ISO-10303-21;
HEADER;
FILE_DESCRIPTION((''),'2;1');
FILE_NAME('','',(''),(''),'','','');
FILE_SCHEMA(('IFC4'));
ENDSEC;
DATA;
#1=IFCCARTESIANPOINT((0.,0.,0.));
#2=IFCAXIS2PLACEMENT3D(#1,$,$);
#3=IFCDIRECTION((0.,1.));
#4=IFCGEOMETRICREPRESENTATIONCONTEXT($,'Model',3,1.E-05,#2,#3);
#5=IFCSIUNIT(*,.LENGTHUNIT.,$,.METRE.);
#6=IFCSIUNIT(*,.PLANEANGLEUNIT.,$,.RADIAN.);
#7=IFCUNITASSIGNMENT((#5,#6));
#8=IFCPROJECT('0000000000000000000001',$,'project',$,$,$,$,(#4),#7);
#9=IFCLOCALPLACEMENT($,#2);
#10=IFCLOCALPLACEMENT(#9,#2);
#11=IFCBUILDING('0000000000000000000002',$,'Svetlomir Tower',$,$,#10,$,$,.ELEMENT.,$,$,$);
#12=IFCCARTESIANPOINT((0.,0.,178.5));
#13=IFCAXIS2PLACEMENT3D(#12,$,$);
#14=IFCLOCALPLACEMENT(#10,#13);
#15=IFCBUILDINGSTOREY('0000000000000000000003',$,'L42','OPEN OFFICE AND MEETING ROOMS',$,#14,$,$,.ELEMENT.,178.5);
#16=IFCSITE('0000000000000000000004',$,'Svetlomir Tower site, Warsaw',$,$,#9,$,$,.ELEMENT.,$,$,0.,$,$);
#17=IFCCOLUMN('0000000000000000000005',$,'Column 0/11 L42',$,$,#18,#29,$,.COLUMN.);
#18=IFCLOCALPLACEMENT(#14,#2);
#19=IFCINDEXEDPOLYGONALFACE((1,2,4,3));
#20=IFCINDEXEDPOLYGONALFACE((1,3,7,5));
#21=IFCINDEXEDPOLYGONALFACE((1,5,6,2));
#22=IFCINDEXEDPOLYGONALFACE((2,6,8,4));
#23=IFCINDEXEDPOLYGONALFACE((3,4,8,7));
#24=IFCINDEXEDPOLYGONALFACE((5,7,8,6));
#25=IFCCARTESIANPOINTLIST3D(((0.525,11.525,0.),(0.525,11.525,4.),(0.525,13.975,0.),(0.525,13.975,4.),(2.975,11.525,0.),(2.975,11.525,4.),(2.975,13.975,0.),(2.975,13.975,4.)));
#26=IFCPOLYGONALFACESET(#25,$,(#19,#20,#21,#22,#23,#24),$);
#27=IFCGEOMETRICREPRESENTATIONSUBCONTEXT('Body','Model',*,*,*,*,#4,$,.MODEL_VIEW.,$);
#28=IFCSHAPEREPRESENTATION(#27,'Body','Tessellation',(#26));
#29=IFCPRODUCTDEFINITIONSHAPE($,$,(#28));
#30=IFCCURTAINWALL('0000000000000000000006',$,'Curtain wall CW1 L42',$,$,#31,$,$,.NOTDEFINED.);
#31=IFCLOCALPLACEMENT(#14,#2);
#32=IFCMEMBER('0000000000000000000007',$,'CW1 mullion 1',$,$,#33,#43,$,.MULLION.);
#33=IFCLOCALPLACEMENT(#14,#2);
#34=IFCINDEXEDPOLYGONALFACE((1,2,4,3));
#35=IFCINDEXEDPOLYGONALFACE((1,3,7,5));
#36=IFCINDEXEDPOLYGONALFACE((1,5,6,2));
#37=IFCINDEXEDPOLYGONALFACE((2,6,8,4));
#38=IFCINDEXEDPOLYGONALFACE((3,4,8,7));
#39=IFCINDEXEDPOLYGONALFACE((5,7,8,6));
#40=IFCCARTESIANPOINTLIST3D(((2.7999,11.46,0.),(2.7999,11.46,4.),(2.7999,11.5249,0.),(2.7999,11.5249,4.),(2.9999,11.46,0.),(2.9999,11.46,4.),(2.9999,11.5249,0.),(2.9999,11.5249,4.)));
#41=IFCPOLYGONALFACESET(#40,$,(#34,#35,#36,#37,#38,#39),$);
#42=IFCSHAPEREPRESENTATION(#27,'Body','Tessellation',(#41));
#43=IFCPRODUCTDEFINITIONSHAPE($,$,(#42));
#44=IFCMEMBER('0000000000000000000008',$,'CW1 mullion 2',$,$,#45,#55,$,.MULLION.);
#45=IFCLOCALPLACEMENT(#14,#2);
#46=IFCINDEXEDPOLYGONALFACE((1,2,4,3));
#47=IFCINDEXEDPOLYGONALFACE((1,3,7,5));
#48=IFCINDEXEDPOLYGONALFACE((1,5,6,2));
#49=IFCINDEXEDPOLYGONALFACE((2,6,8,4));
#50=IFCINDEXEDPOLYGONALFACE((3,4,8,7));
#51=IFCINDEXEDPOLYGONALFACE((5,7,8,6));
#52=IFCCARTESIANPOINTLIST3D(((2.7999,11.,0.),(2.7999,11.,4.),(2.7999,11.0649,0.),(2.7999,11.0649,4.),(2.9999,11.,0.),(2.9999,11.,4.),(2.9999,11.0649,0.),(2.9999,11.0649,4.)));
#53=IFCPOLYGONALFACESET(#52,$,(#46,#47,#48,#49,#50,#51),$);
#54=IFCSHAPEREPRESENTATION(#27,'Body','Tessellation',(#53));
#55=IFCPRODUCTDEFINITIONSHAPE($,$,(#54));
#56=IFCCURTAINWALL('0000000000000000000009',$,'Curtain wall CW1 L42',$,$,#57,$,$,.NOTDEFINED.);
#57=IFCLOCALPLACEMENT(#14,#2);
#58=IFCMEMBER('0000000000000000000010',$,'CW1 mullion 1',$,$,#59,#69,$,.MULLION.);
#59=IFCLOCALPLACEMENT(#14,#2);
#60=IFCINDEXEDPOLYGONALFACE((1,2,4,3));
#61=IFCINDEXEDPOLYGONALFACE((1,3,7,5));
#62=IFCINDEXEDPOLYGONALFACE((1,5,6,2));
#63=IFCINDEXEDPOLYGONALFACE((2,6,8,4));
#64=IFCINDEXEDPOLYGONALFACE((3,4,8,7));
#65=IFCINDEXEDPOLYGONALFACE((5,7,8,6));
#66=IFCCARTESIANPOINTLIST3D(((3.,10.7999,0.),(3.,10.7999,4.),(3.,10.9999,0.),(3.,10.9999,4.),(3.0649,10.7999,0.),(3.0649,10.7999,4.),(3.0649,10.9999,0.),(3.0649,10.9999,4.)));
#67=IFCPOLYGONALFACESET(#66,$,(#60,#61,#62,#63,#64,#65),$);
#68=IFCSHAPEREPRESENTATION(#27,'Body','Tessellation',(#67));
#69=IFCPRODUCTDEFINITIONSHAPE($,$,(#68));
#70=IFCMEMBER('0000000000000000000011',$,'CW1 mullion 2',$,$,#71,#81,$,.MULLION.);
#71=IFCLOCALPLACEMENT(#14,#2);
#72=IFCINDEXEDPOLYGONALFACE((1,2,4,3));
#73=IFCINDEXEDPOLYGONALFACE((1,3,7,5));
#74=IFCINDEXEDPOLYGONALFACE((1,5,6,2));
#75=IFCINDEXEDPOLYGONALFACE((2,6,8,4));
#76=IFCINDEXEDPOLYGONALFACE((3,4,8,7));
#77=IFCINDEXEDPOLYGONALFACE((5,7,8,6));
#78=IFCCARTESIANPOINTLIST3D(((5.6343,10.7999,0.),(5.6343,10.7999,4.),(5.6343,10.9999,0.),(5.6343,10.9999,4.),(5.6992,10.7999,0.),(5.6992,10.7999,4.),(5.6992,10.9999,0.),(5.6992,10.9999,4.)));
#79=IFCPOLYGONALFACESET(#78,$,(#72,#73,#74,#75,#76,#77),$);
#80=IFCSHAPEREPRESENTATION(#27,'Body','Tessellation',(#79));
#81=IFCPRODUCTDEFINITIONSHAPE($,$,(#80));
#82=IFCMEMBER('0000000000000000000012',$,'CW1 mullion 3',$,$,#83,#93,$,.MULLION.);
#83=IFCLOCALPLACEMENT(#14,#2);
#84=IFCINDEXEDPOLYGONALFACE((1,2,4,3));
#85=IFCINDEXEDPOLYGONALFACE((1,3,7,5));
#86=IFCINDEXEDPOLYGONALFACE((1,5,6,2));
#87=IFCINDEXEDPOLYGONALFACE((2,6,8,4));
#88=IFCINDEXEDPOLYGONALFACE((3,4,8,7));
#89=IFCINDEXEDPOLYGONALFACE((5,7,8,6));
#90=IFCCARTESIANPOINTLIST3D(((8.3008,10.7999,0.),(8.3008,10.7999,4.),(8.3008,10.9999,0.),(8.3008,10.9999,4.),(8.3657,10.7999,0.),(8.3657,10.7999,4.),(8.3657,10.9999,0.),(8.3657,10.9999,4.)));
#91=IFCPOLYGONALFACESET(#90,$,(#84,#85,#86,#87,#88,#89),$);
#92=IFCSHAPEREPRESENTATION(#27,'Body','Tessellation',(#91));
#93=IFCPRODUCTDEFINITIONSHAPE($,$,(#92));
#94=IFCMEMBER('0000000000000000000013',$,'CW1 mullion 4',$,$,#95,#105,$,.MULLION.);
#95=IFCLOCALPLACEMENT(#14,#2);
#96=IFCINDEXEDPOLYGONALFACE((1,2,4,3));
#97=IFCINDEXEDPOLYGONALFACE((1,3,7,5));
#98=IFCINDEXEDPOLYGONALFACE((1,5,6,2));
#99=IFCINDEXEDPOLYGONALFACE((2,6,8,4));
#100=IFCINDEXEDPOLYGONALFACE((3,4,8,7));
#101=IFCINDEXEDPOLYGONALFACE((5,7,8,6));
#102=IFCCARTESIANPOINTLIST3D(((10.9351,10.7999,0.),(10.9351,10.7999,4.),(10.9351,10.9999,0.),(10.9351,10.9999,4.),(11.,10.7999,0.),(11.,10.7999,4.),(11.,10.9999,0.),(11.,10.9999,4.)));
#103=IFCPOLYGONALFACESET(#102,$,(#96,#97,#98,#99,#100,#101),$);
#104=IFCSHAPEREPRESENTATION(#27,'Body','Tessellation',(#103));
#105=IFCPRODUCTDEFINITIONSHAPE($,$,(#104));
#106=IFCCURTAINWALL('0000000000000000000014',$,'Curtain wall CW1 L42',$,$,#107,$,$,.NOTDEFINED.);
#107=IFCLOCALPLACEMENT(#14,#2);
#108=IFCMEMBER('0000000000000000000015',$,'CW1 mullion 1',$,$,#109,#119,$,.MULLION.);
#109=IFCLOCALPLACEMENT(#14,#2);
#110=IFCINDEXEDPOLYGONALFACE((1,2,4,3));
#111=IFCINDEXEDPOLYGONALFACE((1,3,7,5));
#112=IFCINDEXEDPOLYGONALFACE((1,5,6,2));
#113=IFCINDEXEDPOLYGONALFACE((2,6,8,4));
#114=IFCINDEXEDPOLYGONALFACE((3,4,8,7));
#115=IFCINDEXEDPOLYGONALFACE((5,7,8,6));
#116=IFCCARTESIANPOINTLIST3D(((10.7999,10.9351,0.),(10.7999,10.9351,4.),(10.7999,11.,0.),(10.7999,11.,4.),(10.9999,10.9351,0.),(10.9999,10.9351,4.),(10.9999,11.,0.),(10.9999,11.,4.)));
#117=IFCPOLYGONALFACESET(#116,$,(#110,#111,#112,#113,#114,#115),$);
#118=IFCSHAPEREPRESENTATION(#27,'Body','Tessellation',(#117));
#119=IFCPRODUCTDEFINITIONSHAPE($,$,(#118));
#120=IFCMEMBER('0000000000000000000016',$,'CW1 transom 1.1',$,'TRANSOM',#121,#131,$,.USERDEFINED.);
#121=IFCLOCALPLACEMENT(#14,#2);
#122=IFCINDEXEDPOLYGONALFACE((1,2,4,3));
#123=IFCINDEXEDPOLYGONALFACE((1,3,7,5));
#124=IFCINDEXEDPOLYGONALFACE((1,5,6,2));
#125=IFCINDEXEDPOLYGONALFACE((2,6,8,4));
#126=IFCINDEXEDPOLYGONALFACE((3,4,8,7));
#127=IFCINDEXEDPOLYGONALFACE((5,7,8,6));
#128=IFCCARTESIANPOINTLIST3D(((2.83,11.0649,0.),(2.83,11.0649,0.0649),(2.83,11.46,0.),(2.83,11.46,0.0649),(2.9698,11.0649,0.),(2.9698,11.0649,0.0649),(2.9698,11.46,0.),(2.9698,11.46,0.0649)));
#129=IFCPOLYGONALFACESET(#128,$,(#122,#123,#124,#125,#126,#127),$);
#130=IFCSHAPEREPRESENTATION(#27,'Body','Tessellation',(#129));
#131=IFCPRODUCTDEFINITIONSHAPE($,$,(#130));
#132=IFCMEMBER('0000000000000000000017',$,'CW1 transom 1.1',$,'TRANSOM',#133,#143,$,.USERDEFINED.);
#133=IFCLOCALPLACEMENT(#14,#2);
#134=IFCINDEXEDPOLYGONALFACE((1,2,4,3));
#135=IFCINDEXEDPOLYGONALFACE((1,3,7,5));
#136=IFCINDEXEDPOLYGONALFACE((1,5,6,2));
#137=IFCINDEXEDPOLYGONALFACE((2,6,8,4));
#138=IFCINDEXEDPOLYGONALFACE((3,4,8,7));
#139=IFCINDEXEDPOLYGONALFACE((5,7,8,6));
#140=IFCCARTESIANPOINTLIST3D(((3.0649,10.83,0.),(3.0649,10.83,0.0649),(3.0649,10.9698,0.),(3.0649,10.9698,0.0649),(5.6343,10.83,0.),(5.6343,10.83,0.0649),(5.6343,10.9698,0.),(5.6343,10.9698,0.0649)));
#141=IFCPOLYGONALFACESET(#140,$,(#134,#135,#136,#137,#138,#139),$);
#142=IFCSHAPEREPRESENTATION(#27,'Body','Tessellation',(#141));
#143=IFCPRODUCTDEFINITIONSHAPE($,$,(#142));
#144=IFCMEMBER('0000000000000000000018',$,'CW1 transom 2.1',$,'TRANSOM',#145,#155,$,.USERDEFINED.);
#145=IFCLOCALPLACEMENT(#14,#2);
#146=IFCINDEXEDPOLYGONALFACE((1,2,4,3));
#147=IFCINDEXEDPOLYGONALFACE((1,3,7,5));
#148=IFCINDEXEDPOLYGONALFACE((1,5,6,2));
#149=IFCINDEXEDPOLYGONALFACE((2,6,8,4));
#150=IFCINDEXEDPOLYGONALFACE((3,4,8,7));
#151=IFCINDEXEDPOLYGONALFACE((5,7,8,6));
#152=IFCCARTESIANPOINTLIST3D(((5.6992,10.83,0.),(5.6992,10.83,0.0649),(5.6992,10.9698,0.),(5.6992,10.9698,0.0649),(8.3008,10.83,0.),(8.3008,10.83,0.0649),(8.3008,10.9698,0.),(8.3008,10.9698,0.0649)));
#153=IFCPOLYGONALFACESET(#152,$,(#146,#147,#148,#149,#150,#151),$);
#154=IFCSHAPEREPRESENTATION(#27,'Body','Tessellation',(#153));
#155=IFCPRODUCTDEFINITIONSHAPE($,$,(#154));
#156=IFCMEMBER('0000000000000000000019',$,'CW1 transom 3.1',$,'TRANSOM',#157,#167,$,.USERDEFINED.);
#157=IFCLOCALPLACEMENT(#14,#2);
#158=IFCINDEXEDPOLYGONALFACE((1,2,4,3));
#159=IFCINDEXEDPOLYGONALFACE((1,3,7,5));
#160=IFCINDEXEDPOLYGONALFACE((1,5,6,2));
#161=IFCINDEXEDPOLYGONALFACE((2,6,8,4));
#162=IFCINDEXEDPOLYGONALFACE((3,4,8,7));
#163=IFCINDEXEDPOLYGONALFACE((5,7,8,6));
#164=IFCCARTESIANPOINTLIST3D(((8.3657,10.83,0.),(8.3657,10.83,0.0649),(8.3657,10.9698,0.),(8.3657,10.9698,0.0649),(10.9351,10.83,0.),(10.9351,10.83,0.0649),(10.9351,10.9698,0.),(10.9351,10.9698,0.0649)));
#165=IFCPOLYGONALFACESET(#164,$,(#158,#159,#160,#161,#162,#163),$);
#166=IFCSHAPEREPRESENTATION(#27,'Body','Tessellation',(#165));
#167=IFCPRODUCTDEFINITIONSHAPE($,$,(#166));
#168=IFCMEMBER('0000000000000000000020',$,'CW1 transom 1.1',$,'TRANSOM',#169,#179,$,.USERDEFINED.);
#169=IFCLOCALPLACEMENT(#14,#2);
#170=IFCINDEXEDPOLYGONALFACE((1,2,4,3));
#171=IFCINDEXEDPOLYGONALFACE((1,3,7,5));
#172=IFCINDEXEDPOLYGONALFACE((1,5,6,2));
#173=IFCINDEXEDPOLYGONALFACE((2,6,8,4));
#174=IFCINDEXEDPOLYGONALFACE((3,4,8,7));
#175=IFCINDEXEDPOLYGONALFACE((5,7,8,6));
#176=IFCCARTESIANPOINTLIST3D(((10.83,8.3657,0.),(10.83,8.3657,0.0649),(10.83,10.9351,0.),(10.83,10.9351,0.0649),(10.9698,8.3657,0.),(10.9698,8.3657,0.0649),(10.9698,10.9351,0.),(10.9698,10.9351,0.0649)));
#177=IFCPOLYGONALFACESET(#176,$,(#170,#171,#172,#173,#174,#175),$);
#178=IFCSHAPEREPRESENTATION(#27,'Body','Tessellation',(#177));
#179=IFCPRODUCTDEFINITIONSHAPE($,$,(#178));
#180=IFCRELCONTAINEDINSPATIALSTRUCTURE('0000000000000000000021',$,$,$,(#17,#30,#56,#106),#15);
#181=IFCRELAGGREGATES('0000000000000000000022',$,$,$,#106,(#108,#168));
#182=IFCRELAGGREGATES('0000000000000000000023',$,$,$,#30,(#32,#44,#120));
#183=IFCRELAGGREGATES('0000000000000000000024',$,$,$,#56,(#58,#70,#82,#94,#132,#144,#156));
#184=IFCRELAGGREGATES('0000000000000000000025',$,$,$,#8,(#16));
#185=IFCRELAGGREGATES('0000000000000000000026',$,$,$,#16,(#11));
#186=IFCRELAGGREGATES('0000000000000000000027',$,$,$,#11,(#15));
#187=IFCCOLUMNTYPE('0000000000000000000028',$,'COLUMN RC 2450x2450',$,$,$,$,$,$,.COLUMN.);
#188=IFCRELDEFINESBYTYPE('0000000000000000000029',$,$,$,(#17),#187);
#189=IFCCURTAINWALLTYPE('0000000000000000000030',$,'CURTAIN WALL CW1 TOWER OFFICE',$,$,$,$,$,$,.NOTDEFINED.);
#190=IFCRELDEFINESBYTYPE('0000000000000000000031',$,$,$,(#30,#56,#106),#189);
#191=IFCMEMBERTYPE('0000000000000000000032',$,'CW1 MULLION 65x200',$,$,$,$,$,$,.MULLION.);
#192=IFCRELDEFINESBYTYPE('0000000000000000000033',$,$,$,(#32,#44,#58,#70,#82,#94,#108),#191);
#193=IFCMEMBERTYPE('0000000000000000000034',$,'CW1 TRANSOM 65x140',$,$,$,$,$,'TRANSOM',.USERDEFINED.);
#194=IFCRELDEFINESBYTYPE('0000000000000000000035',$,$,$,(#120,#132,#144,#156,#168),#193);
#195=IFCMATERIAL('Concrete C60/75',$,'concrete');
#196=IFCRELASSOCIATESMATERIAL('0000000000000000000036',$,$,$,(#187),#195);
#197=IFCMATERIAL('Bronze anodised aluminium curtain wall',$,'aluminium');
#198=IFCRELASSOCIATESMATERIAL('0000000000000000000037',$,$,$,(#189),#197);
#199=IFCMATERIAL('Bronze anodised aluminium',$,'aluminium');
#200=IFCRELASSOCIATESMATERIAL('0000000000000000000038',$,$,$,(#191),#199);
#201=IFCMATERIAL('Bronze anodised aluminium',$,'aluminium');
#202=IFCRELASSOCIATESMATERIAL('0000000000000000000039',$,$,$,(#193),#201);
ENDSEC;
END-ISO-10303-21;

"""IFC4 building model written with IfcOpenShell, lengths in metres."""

from ifc_helpers import new_model, si_unit, direction, frame, origin, origin_2d, place, context, subcontext, project, spatial, rectangle, extrude, material, material_profile, profile_set, type_object, element, aggregate, save


model = new_model("IFC4")

# Units and contexts
model_context = context("Model", 3, precision=1e-05, world=origin(), true_north=direction((0.0, 1.0)))
body_context = subcontext(model_context, "Body", "Model", "MODEL_VIEW")
ifc_project = project(units=[si_unit("LENGTHUNIT", "METRE"), si_unit("PLANEANGLEUNIT", "RADIAN")], contexts=[model_context])

# Site, building, storey
site_placement = place(None, origin())
site = spatial("IfcSite", under=ifc_project, at=site_placement, Name="Svetlomir Tower site, Warsaw", CompositionType="ELEMENT", RefElevation=0.0)
building_placement = place(site_placement, origin())
building = spatial("IfcBuilding", under=site, at=building_placement, Name="Svetlomir Tower", CompositionType="ELEMENT")
storey_placement = place(building_placement, frame((0.0, 0.0, 178.5)))
storey = spatial("IfcBuildingStorey", under=building, at=storey_placement, Name="L42", Description="OPEN OFFICE AND MEETING ROOMS", CompositionType="ELEMENT", Elevation=178.5)

# Column
ifc_material_1 = material(Name="Concrete C60/75", Category="concrete")
ifc_material_profile_1 = material_profile(ifc_material_1, rectangle(XDim=2.45, YDim=2.45, at=origin_2d()), Name="RC 2450x2450")
ifc_profile_set_1 = profile_set([ifc_material_profile_1], Name="Concrete C60/75")
column_type = type_object("IfcColumnType", Name="COLUMN RC 2450x2450", PredefinedType="COLUMN", material=ifc_profile_set_1)
column_placement = place(storey_placement, frame((1.75, 12.75, 0.0), z_axis=(0.0, 0.0, 1.0), x_axis=(1.0, 0.0, 0.0)))
element("IfcColumn", 1, at=column_placement, inside=storey, type_object=column_type, Name="Column 0/11 L42", PredefinedType="COLUMN", context=body_context, shape_type="SweptSolid", body=[
    extrude(rectangle(XDim=2.45, YDim=2.45, at=origin_2d()), origin(), (0.0, 0.0, 1.0), 4.0),
])

# Curtain walls, members
ifc_material_2 = material(Name="Bronze anodised aluminium curtain wall", Category="aluminium")
curtain_wall_type = type_object("IfcCurtainWallType", Name="CURTAIN WALL CW1 TOWER OFFICE", PredefinedType="NOTDEFINED", material=ifc_material_2)
curtain_wall_1_placement = place(storey_placement, origin())
curtain_wall_1 = element("IfcCurtainWall", 2, at=curtain_wall_1_placement, inside=storey, type_object=curtain_wall_type, Name="Curtain wall CW1 L42", PredefinedType="NOTDEFINED")
ifc_material_3 = material(Name="Bronze anodised aluminium", Category="aluminium")
ifc_material_profile_2 = material_profile(ifc_material_3, rectangle(XDim=0.0649, YDim=0.2, at=origin_2d()), Name="AL 65x200")
ifc_profile_set_2 = profile_set([ifc_material_profile_2], Name="Bronze anodised aluminium 6063-T6")
member_type_1 = type_object("IfcMemberType", Name="CW1 MULLION 65x200", PredefinedType="MULLION", material=ifc_profile_set_2)
member_1_placement = place(storey_placement, frame((2.8999, 11.4924, 0.0), z_axis=(0.0, 0.0, 1.0), x_axis=(0.0, -1.0, 0.0)))
member_1 = element("IfcMember", 3, at=member_1_placement, type_object=member_type_1, Name="CW1 mullion 1", PredefinedType="MULLION", context=body_context, shape_type="SweptSolid", body=[
    extrude(rectangle(XDim=0.0649, YDim=0.2, at=origin_2d()), origin(), (0.0, 0.0, 1.0), 4.0),
])
member_2_placement = place(storey_placement, frame((2.8999, 11.0325, 0.0), z_axis=(0.0, 0.0, 1.0), x_axis=(0.0, -1.0, 0.0)))
member_2 = element("IfcMember", 4, at=member_2_placement, type_object=member_type_1, Name="CW1 mullion 2", PredefinedType="MULLION", context=body_context, shape_type="SweptSolid", body=[
    extrude(rectangle(XDim=0.0649, YDim=0.2, at=origin_2d()), origin(), (0.0, 0.0, 1.0), 4.0),
])
curtain_wall_2_placement = place(storey_placement, origin())
curtain_wall_2 = element("IfcCurtainWall", 5, at=curtain_wall_2_placement, inside=storey, type_object=curtain_wall_type, Name="Curtain wall CW1 L42", PredefinedType="NOTDEFINED")
member_3_placement = place(storey_placement, frame((3.0325, 10.8999, 0.0), z_axis=(0.0, 0.0, 1.0), x_axis=(1.0, 0.0, 0.0)))
member_3 = element("IfcMember", 6, at=member_3_placement, type_object=member_type_1, Name="CW1 mullion 1", PredefinedType="MULLION", context=body_context, shape_type="SweptSolid", body=[
    extrude(rectangle(XDim=0.0649, YDim=0.2, at=origin_2d()), origin(), (0.0, 0.0, 1.0), 4.0),
])
member_4_placement = place(storey_placement, frame((5.6667, 10.8999, 0.0), z_axis=(0.0, 0.0, 1.0), x_axis=(1.0, 0.0, 0.0)))
member_4 = element("IfcMember", 7, at=member_4_placement, type_object=member_type_1, Name="CW1 mullion 2", PredefinedType="MULLION", context=body_context, shape_type="SweptSolid", body=[
    extrude(rectangle(XDim=0.0649, YDim=0.2, at=origin_2d()), origin(), (0.0, 0.0, 1.0), 4.0),
])
member_5_placement = place(storey_placement, frame((8.3333, 10.8999, 0.0), z_axis=(0.0, 0.0, 1.0), x_axis=(1.0, 0.0, 0.0)))
member_5 = element("IfcMember", 8, at=member_5_placement, type_object=member_type_1, Name="CW1 mullion 3", PredefinedType="MULLION", context=body_context, shape_type="SweptSolid", body=[
    extrude(rectangle(XDim=0.0649, YDim=0.2, at=origin_2d()), origin(), (0.0, 0.0, 1.0), 4.0),
])
member_6_placement = place(storey_placement, frame((10.9675, 10.8999, 0.0), z_axis=(0.0, 0.0, 1.0), x_axis=(1.0, 0.0, 0.0)))
member_6 = element("IfcMember", 9, at=member_6_placement, type_object=member_type_1, Name="CW1 mullion 4", PredefinedType="MULLION", context=body_context, shape_type="SweptSolid", body=[
    extrude(rectangle(XDim=0.0649, YDim=0.2, at=origin_2d()), origin(), (0.0, 0.0, 1.0), 4.0),
])

# Curtain wall, member
curtain_wall_3_placement = place(storey_placement, origin())
curtain_wall_3 = element("IfcCurtainWall", 10, at=curtain_wall_3_placement, inside=storey, type_object=curtain_wall_type, Name="Curtain wall CW1 L42", PredefinedType="NOTDEFINED")
member_7_placement = place(storey_placement, frame((10.8999, 10.9675, 0.0), z_axis=(0.0, 0.0, 1.0), x_axis=(0.0, -1.0, 0.0)))
member_7 = element("IfcMember", 11, at=member_7_placement, type_object=member_type_1, Name="CW1 mullion 1", PredefinedType="MULLION", context=body_context, shape_type="SweptSolid", body=[
    extrude(rectangle(XDim=0.0649, YDim=0.2, at=origin_2d()), origin(), (0.0, 0.0, 1.0), 4.0),
])

# Members
ifc_material_4 = material(Name="Bronze anodised aluminium", Category="aluminium")
ifc_material_profile_3 = material_profile(ifc_material_4, rectangle(XDim=0.1399, YDim=0.0649, at=origin_2d()), Name="AL 140x65")
ifc_profile_set_3 = profile_set([ifc_material_profile_3], Name="Bronze anodised aluminium 6063-T6")
member_type_2 = type_object("IfcMemberType", Name="CW1 TRANSOM 65x140", ElementType="TRANSOM", PredefinedType="USERDEFINED", material=ifc_profile_set_3)
member_8_placement = place(storey_placement, frame((2.8999, 11.46, 0.0325), z_axis=(0.0, -1.0, 0.0), x_axis=(1.0, 0.0, 0.0)))
member_8 = element("IfcMember", 12, at=member_8_placement, type_object=member_type_2, Name="CW1 transom 1.1", ObjectType="TRANSOM", PredefinedType="USERDEFINED", context=body_context, shape_type="SweptSolid", body=[
    extrude(rectangle(XDim=0.1399, YDim=0.0649, at=origin_2d()), origin(), (0.0, 0.0, 1.0), 0.395),
])
member_9_placement = place(storey_placement, frame((3.0649, 10.8999, 0.0325), z_axis=(1.0, 0.0, 0.0), x_axis=(0.0, 1.0, 0.0)))
member_9 = element("IfcMember", 13, at=member_9_placement, type_object=member_type_2, Name="CW1 transom 1.1", ObjectType="TRANSOM", PredefinedType="USERDEFINED", context=body_context, shape_type="SweptSolid", body=[
    extrude(rectangle(XDim=0.1399, YDim=0.0649, at=origin_2d()), origin(), (0.0, 0.0, 1.0), 2.5693),
])
member_10_placement = place(storey_placement, frame((5.6992, 10.8999, 0.0325), z_axis=(1.0, 0.0, 0.0), x_axis=(0.0, 1.0, 0.0)))
member_10 = element("IfcMember", 14, at=member_10_placement, type_object=member_type_2, Name="CW1 transom 2.1", ObjectType="TRANSOM", PredefinedType="USERDEFINED", context=body_context, shape_type="SweptSolid", body=[
    extrude(rectangle(XDim=0.1399, YDim=0.0649, at=origin_2d()), origin(), (0.0, 0.0, 1.0), 2.6016),
])
member_11_placement = place(storey_placement, frame((8.3657, 10.8999, 0.0325), z_axis=(1.0, 0.0, 0.0), x_axis=(0.0, 1.0, 0.0)))
member_11 = element("IfcMember", 15, at=member_11_placement, type_object=member_type_2, Name="CW1 transom 3.1", ObjectType="TRANSOM", PredefinedType="USERDEFINED", context=body_context, shape_type="SweptSolid", body=[
    extrude(rectangle(XDim=0.1399, YDim=0.0649, at=origin_2d()), origin(), (0.0, 0.0, 1.0), 2.5693),
])
member_12_placement = place(storey_placement, frame((10.8999, 10.9351, 0.0325), z_axis=(0.0, -1.0, 0.0), x_axis=(1.0, 0.0, 0.0)))
member_12 = element("IfcMember", 16, at=member_12_placement, type_object=member_type_2, Name="CW1 transom 1.1", ObjectType="TRANSOM", PredefinedType="USERDEFINED", context=body_context, shape_type="SweptSolid", body=[
    extrude(rectangle(XDim=0.1399, YDim=0.0649, at=origin_2d()), origin(), (0.0, 0.0, 1.0), 2.5693),
])
aggregate(curtain_wall_3, [member_7, member_12])

aggregate(curtain_wall_1, [member_1, member_2, member_8])
aggregate(curtain_wall_2, [member_3, member_4, member_5, member_6, member_9, member_10, member_11])

save(model, "model.ifc")
